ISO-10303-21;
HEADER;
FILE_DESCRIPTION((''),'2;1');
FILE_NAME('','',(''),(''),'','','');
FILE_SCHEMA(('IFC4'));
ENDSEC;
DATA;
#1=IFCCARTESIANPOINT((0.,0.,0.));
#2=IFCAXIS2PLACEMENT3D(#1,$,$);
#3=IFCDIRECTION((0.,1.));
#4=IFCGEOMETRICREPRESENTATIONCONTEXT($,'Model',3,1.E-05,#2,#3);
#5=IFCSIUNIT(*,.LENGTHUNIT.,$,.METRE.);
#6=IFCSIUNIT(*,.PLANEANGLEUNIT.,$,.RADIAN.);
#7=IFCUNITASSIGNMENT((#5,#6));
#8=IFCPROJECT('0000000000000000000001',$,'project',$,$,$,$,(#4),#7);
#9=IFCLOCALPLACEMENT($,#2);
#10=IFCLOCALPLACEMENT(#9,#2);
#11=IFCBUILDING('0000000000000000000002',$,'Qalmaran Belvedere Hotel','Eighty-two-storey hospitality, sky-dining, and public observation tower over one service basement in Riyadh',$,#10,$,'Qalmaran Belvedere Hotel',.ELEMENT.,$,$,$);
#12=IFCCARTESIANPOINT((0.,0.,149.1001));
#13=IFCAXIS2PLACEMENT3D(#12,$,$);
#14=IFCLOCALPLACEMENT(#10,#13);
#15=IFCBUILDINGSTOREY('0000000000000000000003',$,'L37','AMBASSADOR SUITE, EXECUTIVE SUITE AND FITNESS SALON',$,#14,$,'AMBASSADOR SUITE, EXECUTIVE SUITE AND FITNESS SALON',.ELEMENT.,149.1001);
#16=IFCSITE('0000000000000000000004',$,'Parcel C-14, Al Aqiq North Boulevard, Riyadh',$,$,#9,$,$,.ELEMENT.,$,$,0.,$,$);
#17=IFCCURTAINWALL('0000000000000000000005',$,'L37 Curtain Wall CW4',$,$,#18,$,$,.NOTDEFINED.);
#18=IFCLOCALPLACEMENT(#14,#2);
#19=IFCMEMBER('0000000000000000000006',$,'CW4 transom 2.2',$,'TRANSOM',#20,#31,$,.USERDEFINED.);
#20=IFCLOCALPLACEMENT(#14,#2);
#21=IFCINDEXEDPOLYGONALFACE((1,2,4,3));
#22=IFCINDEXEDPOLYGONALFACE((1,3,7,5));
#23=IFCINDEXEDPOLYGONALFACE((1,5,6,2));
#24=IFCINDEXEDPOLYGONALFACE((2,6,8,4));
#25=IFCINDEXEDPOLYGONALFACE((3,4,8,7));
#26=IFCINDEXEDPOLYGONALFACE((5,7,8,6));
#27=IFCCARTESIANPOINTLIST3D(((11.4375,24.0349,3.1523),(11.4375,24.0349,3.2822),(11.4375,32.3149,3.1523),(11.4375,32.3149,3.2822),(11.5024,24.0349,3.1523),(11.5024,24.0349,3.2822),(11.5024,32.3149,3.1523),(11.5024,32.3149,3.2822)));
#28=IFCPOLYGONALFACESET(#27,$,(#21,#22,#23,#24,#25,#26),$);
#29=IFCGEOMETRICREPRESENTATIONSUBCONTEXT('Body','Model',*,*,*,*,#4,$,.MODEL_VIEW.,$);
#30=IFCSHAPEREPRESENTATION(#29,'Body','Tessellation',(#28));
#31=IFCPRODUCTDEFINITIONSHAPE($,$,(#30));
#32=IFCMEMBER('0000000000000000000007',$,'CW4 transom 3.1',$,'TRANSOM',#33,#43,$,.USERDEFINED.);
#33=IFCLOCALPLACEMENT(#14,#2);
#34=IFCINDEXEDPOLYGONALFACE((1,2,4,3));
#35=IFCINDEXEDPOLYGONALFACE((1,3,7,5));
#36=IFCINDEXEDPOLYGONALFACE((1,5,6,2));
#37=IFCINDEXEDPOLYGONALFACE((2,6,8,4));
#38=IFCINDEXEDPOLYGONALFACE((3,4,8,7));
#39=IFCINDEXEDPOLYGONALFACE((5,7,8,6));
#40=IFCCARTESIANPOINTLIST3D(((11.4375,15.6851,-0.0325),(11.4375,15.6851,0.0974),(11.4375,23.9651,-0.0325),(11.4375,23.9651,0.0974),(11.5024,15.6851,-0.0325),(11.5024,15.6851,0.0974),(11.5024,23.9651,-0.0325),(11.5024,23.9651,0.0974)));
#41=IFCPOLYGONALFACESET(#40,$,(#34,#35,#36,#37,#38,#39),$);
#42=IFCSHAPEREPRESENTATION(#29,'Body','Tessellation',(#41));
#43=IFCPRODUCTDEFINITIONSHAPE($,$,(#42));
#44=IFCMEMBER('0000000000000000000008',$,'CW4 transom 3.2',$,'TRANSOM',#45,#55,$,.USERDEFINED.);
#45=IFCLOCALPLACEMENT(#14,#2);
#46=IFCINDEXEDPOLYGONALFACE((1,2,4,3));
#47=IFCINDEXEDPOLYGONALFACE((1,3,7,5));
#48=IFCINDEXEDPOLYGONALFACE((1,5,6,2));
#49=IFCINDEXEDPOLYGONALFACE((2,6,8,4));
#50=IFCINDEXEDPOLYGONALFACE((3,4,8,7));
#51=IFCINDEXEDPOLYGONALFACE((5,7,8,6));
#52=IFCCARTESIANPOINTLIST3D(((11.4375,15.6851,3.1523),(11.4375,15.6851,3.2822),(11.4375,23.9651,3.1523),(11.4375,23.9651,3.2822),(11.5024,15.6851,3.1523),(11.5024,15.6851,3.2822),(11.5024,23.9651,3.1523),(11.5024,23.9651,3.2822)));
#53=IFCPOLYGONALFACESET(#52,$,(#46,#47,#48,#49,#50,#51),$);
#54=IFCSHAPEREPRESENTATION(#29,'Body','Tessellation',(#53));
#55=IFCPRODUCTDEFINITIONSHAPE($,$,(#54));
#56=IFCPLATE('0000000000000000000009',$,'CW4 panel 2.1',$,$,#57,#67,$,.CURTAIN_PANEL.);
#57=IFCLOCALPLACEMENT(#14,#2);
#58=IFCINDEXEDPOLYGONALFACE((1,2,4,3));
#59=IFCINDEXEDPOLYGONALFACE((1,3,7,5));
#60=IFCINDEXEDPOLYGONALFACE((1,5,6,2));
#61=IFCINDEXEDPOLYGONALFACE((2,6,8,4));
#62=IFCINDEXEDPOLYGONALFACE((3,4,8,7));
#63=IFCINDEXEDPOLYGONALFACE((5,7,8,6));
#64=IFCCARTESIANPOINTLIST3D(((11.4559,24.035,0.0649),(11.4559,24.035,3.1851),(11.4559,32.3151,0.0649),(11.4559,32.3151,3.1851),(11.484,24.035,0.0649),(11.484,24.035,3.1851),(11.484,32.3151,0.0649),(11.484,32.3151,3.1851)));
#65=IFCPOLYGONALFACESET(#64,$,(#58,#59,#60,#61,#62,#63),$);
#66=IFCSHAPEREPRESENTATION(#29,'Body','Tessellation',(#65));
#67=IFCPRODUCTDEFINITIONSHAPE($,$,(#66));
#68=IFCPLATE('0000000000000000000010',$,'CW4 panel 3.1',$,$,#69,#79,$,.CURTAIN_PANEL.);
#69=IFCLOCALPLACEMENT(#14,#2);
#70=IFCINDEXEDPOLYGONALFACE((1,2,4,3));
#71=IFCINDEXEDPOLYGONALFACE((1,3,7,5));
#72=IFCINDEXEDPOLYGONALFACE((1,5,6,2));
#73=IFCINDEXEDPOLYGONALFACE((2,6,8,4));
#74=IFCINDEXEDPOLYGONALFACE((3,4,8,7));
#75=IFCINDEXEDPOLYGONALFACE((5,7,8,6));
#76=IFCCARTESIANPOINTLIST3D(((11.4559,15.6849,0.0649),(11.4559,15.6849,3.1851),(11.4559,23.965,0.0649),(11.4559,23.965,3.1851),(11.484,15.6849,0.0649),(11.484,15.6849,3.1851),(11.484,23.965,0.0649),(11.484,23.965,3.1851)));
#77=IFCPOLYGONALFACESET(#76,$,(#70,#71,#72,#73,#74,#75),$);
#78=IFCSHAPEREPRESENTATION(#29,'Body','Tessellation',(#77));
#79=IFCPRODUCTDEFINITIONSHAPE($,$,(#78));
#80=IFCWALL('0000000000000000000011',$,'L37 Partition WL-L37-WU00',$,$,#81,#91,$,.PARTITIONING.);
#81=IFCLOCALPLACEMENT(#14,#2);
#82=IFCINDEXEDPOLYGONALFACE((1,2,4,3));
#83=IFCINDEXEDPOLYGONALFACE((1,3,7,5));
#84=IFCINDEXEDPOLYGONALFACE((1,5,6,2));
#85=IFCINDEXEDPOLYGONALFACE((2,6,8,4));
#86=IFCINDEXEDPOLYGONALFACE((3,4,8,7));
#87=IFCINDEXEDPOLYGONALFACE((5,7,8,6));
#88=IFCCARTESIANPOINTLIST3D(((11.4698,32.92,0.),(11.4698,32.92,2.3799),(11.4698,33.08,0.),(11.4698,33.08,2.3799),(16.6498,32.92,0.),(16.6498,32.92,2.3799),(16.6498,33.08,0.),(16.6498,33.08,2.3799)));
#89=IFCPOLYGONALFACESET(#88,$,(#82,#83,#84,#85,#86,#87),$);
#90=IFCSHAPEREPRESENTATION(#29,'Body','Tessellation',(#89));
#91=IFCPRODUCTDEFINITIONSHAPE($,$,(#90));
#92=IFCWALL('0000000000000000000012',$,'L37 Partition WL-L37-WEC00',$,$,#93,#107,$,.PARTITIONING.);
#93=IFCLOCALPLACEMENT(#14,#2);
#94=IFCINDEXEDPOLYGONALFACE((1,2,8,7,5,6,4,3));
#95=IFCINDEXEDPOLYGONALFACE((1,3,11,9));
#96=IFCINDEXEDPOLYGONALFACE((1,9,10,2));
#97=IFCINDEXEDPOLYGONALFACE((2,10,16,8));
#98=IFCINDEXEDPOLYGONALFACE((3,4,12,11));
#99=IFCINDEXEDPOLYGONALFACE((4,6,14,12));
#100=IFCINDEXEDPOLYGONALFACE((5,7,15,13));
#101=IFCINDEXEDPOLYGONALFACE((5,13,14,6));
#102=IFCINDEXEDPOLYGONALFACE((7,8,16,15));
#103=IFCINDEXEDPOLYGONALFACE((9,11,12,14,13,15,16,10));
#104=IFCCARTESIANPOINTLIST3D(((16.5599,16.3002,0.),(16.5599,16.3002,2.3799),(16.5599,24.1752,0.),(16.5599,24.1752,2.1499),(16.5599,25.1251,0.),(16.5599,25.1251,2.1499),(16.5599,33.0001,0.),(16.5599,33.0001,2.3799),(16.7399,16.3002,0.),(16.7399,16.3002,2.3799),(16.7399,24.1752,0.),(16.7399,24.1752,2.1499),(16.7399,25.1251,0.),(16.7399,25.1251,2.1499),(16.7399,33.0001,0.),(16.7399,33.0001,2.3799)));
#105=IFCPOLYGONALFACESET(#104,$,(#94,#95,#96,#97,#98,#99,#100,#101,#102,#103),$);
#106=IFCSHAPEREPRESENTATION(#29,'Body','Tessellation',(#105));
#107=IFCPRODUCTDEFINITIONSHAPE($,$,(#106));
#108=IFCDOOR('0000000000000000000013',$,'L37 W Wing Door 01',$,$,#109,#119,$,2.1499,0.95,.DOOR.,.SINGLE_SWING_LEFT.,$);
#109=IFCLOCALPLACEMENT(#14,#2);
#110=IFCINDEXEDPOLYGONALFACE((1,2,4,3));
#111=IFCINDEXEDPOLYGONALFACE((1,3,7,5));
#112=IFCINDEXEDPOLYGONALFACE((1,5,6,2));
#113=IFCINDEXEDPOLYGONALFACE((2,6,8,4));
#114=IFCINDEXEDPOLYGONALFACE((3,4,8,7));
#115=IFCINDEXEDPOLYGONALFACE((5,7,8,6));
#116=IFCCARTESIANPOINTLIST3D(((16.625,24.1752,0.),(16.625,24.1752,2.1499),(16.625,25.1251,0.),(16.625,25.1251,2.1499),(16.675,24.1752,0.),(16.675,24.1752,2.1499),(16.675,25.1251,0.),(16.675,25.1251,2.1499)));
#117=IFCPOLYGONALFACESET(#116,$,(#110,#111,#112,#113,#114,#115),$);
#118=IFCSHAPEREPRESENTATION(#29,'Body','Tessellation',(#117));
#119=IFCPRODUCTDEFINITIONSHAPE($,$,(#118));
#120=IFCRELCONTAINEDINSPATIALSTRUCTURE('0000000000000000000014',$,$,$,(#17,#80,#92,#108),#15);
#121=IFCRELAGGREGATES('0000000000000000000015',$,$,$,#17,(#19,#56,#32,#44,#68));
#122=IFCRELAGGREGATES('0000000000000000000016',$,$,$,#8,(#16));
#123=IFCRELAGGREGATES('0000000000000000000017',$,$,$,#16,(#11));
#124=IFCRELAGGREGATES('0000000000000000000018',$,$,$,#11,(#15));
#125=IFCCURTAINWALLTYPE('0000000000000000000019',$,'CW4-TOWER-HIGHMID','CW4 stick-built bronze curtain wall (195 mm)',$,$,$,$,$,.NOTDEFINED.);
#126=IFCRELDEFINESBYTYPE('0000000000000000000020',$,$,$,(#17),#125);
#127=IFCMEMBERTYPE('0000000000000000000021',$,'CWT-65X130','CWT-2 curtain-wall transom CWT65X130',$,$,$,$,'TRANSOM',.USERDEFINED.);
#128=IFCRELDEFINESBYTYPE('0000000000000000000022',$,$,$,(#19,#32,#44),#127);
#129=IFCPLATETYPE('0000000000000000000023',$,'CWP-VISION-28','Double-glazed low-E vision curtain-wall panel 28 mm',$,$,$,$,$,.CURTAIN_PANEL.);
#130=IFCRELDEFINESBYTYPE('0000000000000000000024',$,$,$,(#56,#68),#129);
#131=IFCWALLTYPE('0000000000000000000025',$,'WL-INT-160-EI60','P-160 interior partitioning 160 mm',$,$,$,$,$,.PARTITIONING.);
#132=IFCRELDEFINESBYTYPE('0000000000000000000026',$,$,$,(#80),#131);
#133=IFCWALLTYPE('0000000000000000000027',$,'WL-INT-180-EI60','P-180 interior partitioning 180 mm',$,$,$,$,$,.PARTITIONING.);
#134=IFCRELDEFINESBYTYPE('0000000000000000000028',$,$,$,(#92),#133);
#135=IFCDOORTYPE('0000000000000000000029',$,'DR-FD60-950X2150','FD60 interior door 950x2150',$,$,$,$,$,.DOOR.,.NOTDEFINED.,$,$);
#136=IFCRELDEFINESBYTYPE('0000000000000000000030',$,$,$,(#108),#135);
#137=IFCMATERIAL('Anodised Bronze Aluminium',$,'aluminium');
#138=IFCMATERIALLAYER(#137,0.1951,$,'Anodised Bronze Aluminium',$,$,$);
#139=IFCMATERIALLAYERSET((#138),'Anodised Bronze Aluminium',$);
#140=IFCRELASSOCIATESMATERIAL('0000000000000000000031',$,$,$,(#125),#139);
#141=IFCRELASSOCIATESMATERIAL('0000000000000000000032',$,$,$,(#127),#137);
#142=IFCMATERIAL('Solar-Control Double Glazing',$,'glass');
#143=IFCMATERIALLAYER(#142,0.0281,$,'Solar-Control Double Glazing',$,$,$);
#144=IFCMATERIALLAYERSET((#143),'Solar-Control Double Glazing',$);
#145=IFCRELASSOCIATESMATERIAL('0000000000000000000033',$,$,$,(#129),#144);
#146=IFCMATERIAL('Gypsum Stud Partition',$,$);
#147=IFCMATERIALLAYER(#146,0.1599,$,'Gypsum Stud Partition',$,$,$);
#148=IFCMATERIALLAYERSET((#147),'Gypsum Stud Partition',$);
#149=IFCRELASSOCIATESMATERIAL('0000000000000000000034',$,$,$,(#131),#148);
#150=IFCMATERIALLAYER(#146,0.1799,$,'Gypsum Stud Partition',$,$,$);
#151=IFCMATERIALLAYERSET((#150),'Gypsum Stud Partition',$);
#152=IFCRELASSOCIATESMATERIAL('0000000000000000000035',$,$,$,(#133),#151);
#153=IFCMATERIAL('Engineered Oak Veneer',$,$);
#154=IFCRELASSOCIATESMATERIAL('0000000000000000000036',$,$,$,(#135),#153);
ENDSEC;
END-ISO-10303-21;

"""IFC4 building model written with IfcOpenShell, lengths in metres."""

from ifc_helpers import new_model, si_unit, direction, frame, frame_2d, origin, origin_2d, place, context, subcontext, project, spatial, rectangle, extrude, material, layer, layer_set, material_profile, profile_set, type_object, element, fill, aggregate, save


model = new_model("IFC4")

# Units and contexts
model_context = context("Model", 3, precision=1e-05, world=origin(), true_north=direction((0.0, 1.0)))
body_context = subcontext(model_context, "Body", "Model", "MODEL_VIEW")
ifc_project = project(units=[si_unit("LENGTHUNIT", "METRE"), si_unit("PLANEANGLEUNIT", "RADIAN")], contexts=[model_context])

# Site, building, storey
site_placement = place(None, origin())
site = spatial("IfcSite", under=ifc_project, at=site_placement, Name="Parcel C-14, Al Aqiq North Boulevard, Riyadh", CompositionType="ELEMENT", RefElevation=0.0)
building_placement = place(site_placement, origin())
building = spatial("IfcBuilding", under=site, at=building_placement, Name="Qalmaran Belvedere Hotel", Description="Eighty-two-storey hospitality, sky-dining, and public observation tower over one service basement in Riyadh", LongName="Qalmaran Belvedere Hotel", CompositionType="ELEMENT")
storey_placement = place(building_placement, frame((0.0, 0.0, 149.1001)))
storey = spatial("IfcBuildingStorey", under=building, at=storey_placement, Name="L37", Description="AMBASSADOR SUITE, EXECUTIVE SUITE AND FITNESS SALON", LongName="AMBASSADOR SUITE, EXECUTIVE SUITE AND FITNESS SALON", CompositionType="ELEMENT", Elevation=149.1001)

# Curtain wall, members, plates
ifc_material_1 = material(Name="Anodised Bronze Aluminium", Category="aluminium")
ifc_layer_1 = layer(ifc_material_1, 0.1951, Name="Anodised Bronze Aluminium")
ifc_layer_set_1 = layer_set([ifc_layer_1], Name="Anodised Bronze Aluminium")
curtain_wall_type = type_object("IfcCurtainWallType", Name="CW4-TOWER-HIGHMID", Description="CW4 stick-built bronze curtain wall (195 mm)", PredefinedType="NOTDEFINED", material=ifc_layer_set_1)
curtain_wall_placement = place(storey_placement, origin())
curtain_wall = element("IfcCurtainWall", 1, at=curtain_wall_placement, inside=storey, type_object=curtain_wall_type, Name="L37 Curtain Wall CW4", PredefinedType="NOTDEFINED")
ifc_material_profile_1 = material_profile(ifc_material_1, rectangle(XDim=0.0649, YDim=0.1299, at=origin_2d()), Name="CWT65X130")
ifc_profile_set_1 = profile_set([ifc_material_profile_1], Name="Anodised Bronze Aluminium")
member_type_1 = type_object("IfcMemberType", Name="CWT-65X130", Description="CWT-2 curtain-wall transom CWT65X130", ElementType="TRANSOM", PredefinedType="USERDEFINED", material=ifc_profile_set_1)
member_1_placement = place(storey_placement, frame((11.47, 32.3149, 3.2173), z_axis=(0.0, -1.0, 0.0), x_axis=(1.0, 0.0, 0.0)))
member_1 = element("IfcMember", 2, at=member_1_placement, type_object=member_type_1, Name="CW4 transom 2.2", ObjectType="TRANSOM", PredefinedType="USERDEFINED", context=body_context, shape_type="SweptSolid", body=[
    extrude(rectangle(XDim=0.0649, YDim=0.1299, at=origin_2d()), origin(), (0.0, 0.0, 1.0), 8.28),
])
member_2_placement = place(storey_placement, frame((11.47, 23.9651, 0.0325), z_axis=(0.0, -1.0, 0.0), x_axis=(1.0, 0.0, 0.0)))
member_2 = element("IfcMember", 3, at=member_2_placement, type_object=member_type_1, Name="CW4 transom 3.1", ObjectType="TRANSOM", PredefinedType="USERDEFINED", context=body_context, shape_type="SweptSolid", body=[
    extrude(rectangle(XDim=0.0649, YDim=0.1299, at=origin_2d()), origin(), (0.0, 0.0, 1.0), 8.28),
])
member_3_placement = place(storey_placement, frame((11.47, 23.9651, 3.2173), z_axis=(0.0, -1.0, 0.0), x_axis=(1.0, 0.0, 0.0)))
member_3 = element("IfcMember", 4, at=member_3_placement, type_object=member_type_1, Name="CW4 transom 3.2", ObjectType="TRANSOM", PredefinedType="USERDEFINED", context=body_context, shape_type="SweptSolid", body=[
    extrude(rectangle(XDim=0.0649, YDim=0.1299, at=origin_2d()), origin(), (0.0, 0.0, 1.0), 8.28),
])
ifc_material_2 = material(Name="Solar-Control Double Glazing", Category="glass")
ifc_layer_2 = layer(ifc_material_2, 0.0281, Name="Solar-Control Double Glazing")
ifc_layer_set_2 = layer_set([ifc_layer_2], Name="Solar-Control Double Glazing")
plate_type = type_object("IfcPlateType", Name="CWP-VISION-28", Description="Double-glazed low-E vision curtain-wall panel 28 mm", PredefinedType="CURTAIN_PANEL", material=ifc_layer_set_2)
plate_1_placement = place(storey_placement, frame((11.47, 28.175, 0.0649), z_axis=(0.0, 0.0, 1.0), x_axis=(0.0, -1.0, 0.0)))
plate_1 = element("IfcPlate", 5, at=plate_1_placement, type_object=plate_type, Name="CW4 panel 2.1", PredefinedType="CURTAIN_PANEL", context=body_context, shape_type="SweptSolid", body=[
    extrude(rectangle(XDim=8.28, YDim=0.0281, at=origin_2d()), origin(), (0.0, 0.0, 1.0), 3.1201),
])
plate_2_placement = place(storey_placement, frame((11.47, 19.825, 0.0649), z_axis=(0.0, 0.0, 1.0), x_axis=(0.0, -1.0, 0.0)))
plate_2 = element("IfcPlate", 6, at=plate_2_placement, type_object=plate_type, Name="CW4 panel 3.1", PredefinedType="CURTAIN_PANEL", context=body_context, shape_type="SweptSolid", body=[
    extrude(rectangle(XDim=8.28, YDim=0.0281, at=origin_2d()), origin(), (0.0, 0.0, 1.0), 3.1201),
])
aggregate(curtain_wall, [member_1, plate_1, member_2, member_3, plate_2])

# Wall
ifc_material_3 = material(Name="Gypsum Stud Partition")
ifc_layer_3 = layer(ifc_material_3, 0.1599, Name="Gypsum Stud Partition")
ifc_layer_set_3 = layer_set([ifc_layer_3], Name="Gypsum Stud Partition")
wall_type_1 = type_object("IfcWallType", Name="WL-INT-160-EI60", Description="P-160 interior partitioning 160 mm", PredefinedType="PARTITIONING", material=ifc_layer_set_3)
wall_1_placement = place(storey_placement, frame((11.47, 33.0, 0.0), z_axis=(0.0, 0.0, 1.0), x_axis=(1.0, 0.0, 0.0)))
element("IfcWall", 7, at=wall_1_placement, inside=storey, type_object=wall_type_1, Name="L37 Partition WL-L37-WU00", PredefinedType="PARTITIONING", context=body_context, shape_type="SweptSolid", body=[
    extrude(rectangle(XDim=5.1799, YDim=0.1599, at=frame_2d((2.5898, 0.0))), origin(), (0.0, 0.0, 1.0), 2.3799),
])

# Wall, opening, door
ifc_layer_4 = layer(ifc_material_3, 0.1799, Name="Gypsum Stud Partition")
ifc_layer_set_4 = layer_set([ifc_layer_4], Name="Gypsum Stud Partition")
wall_type_2 = type_object("IfcWallType", Name="WL-INT-180-EI60", Description="P-180 interior partitioning 180 mm", PredefinedType="PARTITIONING", material=ifc_layer_set_4)
wall_2_placement = place(storey_placement, frame((16.6499, 16.3, 0.0), z_axis=(0.0, 0.0, 1.0), x_axis=(0.0, 1.0, 0.0)))
wall_2 = element("IfcWall", 8, at=wall_2_placement, inside=storey, type_object=wall_type_2, Name="L37 Partition WL-L37-WEC00", PredefinedType="PARTITIONING", context=body_context, shape_type="SweptSolid", body=[
    extrude(rectangle(XDim=16.7, YDim=0.1799, at=frame_2d((8.3501, 0.0))), origin(), (0.0, 0.0, 1.0), 2.3799),
])
opening_placement = place(wall_2_placement, frame((7.875, 0.0, 0.0)))
opening = element("IfcOpeningElement", 9, at=opening_placement, cuts=wall_2, PredefinedType="OPENING", context=body_context, shape_type="SweptSolid", body=[
    extrude(rectangle(XDim=0.95, YDim=2.1499, at=frame_2d((0.4751, 1.075))), frame((0.0, 0.1001, 0.0), z_axis=(0.0, -1.0, 0.0), x_axis=(1.0, 0.0, 0.0)), (0.0, 0.0, 1.0), 0.2),
])
ifc_material_4 = material(Name="Engineered Oak Veneer")
door_type = type_object("IfcDoorType", Name="DR-FD60-950X2150", Description="FD60 interior door 950x2150", OperationType="NOTDEFINED", PredefinedType="DOOR", material=ifc_material_4)
door_placement = place(opening_placement, origin())
door = element("IfcDoor", 10, at=door_placement, inside=storey, type_object=door_type, Name="L37 W Wing Door 01", OperationType="SINGLE_SWING_LEFT", OverallHeight=2.1499, OverallWidth=0.95, PredefinedType="DOOR", context=body_context, shape_type="SweptSolid", body=[
    extrude(rectangle(XDim=0.95, YDim=2.1499, at=frame_2d((0.4751, 1.075))), frame((0.0, 0.0249, 0.0), z_axis=(0.0, -1.0, 0.0), x_axis=(1.0, 0.0, 0.0)), (0.0, 0.0, 1.0), 0.05),
])
fill(opening, door)

save(model, "model.ifc")
